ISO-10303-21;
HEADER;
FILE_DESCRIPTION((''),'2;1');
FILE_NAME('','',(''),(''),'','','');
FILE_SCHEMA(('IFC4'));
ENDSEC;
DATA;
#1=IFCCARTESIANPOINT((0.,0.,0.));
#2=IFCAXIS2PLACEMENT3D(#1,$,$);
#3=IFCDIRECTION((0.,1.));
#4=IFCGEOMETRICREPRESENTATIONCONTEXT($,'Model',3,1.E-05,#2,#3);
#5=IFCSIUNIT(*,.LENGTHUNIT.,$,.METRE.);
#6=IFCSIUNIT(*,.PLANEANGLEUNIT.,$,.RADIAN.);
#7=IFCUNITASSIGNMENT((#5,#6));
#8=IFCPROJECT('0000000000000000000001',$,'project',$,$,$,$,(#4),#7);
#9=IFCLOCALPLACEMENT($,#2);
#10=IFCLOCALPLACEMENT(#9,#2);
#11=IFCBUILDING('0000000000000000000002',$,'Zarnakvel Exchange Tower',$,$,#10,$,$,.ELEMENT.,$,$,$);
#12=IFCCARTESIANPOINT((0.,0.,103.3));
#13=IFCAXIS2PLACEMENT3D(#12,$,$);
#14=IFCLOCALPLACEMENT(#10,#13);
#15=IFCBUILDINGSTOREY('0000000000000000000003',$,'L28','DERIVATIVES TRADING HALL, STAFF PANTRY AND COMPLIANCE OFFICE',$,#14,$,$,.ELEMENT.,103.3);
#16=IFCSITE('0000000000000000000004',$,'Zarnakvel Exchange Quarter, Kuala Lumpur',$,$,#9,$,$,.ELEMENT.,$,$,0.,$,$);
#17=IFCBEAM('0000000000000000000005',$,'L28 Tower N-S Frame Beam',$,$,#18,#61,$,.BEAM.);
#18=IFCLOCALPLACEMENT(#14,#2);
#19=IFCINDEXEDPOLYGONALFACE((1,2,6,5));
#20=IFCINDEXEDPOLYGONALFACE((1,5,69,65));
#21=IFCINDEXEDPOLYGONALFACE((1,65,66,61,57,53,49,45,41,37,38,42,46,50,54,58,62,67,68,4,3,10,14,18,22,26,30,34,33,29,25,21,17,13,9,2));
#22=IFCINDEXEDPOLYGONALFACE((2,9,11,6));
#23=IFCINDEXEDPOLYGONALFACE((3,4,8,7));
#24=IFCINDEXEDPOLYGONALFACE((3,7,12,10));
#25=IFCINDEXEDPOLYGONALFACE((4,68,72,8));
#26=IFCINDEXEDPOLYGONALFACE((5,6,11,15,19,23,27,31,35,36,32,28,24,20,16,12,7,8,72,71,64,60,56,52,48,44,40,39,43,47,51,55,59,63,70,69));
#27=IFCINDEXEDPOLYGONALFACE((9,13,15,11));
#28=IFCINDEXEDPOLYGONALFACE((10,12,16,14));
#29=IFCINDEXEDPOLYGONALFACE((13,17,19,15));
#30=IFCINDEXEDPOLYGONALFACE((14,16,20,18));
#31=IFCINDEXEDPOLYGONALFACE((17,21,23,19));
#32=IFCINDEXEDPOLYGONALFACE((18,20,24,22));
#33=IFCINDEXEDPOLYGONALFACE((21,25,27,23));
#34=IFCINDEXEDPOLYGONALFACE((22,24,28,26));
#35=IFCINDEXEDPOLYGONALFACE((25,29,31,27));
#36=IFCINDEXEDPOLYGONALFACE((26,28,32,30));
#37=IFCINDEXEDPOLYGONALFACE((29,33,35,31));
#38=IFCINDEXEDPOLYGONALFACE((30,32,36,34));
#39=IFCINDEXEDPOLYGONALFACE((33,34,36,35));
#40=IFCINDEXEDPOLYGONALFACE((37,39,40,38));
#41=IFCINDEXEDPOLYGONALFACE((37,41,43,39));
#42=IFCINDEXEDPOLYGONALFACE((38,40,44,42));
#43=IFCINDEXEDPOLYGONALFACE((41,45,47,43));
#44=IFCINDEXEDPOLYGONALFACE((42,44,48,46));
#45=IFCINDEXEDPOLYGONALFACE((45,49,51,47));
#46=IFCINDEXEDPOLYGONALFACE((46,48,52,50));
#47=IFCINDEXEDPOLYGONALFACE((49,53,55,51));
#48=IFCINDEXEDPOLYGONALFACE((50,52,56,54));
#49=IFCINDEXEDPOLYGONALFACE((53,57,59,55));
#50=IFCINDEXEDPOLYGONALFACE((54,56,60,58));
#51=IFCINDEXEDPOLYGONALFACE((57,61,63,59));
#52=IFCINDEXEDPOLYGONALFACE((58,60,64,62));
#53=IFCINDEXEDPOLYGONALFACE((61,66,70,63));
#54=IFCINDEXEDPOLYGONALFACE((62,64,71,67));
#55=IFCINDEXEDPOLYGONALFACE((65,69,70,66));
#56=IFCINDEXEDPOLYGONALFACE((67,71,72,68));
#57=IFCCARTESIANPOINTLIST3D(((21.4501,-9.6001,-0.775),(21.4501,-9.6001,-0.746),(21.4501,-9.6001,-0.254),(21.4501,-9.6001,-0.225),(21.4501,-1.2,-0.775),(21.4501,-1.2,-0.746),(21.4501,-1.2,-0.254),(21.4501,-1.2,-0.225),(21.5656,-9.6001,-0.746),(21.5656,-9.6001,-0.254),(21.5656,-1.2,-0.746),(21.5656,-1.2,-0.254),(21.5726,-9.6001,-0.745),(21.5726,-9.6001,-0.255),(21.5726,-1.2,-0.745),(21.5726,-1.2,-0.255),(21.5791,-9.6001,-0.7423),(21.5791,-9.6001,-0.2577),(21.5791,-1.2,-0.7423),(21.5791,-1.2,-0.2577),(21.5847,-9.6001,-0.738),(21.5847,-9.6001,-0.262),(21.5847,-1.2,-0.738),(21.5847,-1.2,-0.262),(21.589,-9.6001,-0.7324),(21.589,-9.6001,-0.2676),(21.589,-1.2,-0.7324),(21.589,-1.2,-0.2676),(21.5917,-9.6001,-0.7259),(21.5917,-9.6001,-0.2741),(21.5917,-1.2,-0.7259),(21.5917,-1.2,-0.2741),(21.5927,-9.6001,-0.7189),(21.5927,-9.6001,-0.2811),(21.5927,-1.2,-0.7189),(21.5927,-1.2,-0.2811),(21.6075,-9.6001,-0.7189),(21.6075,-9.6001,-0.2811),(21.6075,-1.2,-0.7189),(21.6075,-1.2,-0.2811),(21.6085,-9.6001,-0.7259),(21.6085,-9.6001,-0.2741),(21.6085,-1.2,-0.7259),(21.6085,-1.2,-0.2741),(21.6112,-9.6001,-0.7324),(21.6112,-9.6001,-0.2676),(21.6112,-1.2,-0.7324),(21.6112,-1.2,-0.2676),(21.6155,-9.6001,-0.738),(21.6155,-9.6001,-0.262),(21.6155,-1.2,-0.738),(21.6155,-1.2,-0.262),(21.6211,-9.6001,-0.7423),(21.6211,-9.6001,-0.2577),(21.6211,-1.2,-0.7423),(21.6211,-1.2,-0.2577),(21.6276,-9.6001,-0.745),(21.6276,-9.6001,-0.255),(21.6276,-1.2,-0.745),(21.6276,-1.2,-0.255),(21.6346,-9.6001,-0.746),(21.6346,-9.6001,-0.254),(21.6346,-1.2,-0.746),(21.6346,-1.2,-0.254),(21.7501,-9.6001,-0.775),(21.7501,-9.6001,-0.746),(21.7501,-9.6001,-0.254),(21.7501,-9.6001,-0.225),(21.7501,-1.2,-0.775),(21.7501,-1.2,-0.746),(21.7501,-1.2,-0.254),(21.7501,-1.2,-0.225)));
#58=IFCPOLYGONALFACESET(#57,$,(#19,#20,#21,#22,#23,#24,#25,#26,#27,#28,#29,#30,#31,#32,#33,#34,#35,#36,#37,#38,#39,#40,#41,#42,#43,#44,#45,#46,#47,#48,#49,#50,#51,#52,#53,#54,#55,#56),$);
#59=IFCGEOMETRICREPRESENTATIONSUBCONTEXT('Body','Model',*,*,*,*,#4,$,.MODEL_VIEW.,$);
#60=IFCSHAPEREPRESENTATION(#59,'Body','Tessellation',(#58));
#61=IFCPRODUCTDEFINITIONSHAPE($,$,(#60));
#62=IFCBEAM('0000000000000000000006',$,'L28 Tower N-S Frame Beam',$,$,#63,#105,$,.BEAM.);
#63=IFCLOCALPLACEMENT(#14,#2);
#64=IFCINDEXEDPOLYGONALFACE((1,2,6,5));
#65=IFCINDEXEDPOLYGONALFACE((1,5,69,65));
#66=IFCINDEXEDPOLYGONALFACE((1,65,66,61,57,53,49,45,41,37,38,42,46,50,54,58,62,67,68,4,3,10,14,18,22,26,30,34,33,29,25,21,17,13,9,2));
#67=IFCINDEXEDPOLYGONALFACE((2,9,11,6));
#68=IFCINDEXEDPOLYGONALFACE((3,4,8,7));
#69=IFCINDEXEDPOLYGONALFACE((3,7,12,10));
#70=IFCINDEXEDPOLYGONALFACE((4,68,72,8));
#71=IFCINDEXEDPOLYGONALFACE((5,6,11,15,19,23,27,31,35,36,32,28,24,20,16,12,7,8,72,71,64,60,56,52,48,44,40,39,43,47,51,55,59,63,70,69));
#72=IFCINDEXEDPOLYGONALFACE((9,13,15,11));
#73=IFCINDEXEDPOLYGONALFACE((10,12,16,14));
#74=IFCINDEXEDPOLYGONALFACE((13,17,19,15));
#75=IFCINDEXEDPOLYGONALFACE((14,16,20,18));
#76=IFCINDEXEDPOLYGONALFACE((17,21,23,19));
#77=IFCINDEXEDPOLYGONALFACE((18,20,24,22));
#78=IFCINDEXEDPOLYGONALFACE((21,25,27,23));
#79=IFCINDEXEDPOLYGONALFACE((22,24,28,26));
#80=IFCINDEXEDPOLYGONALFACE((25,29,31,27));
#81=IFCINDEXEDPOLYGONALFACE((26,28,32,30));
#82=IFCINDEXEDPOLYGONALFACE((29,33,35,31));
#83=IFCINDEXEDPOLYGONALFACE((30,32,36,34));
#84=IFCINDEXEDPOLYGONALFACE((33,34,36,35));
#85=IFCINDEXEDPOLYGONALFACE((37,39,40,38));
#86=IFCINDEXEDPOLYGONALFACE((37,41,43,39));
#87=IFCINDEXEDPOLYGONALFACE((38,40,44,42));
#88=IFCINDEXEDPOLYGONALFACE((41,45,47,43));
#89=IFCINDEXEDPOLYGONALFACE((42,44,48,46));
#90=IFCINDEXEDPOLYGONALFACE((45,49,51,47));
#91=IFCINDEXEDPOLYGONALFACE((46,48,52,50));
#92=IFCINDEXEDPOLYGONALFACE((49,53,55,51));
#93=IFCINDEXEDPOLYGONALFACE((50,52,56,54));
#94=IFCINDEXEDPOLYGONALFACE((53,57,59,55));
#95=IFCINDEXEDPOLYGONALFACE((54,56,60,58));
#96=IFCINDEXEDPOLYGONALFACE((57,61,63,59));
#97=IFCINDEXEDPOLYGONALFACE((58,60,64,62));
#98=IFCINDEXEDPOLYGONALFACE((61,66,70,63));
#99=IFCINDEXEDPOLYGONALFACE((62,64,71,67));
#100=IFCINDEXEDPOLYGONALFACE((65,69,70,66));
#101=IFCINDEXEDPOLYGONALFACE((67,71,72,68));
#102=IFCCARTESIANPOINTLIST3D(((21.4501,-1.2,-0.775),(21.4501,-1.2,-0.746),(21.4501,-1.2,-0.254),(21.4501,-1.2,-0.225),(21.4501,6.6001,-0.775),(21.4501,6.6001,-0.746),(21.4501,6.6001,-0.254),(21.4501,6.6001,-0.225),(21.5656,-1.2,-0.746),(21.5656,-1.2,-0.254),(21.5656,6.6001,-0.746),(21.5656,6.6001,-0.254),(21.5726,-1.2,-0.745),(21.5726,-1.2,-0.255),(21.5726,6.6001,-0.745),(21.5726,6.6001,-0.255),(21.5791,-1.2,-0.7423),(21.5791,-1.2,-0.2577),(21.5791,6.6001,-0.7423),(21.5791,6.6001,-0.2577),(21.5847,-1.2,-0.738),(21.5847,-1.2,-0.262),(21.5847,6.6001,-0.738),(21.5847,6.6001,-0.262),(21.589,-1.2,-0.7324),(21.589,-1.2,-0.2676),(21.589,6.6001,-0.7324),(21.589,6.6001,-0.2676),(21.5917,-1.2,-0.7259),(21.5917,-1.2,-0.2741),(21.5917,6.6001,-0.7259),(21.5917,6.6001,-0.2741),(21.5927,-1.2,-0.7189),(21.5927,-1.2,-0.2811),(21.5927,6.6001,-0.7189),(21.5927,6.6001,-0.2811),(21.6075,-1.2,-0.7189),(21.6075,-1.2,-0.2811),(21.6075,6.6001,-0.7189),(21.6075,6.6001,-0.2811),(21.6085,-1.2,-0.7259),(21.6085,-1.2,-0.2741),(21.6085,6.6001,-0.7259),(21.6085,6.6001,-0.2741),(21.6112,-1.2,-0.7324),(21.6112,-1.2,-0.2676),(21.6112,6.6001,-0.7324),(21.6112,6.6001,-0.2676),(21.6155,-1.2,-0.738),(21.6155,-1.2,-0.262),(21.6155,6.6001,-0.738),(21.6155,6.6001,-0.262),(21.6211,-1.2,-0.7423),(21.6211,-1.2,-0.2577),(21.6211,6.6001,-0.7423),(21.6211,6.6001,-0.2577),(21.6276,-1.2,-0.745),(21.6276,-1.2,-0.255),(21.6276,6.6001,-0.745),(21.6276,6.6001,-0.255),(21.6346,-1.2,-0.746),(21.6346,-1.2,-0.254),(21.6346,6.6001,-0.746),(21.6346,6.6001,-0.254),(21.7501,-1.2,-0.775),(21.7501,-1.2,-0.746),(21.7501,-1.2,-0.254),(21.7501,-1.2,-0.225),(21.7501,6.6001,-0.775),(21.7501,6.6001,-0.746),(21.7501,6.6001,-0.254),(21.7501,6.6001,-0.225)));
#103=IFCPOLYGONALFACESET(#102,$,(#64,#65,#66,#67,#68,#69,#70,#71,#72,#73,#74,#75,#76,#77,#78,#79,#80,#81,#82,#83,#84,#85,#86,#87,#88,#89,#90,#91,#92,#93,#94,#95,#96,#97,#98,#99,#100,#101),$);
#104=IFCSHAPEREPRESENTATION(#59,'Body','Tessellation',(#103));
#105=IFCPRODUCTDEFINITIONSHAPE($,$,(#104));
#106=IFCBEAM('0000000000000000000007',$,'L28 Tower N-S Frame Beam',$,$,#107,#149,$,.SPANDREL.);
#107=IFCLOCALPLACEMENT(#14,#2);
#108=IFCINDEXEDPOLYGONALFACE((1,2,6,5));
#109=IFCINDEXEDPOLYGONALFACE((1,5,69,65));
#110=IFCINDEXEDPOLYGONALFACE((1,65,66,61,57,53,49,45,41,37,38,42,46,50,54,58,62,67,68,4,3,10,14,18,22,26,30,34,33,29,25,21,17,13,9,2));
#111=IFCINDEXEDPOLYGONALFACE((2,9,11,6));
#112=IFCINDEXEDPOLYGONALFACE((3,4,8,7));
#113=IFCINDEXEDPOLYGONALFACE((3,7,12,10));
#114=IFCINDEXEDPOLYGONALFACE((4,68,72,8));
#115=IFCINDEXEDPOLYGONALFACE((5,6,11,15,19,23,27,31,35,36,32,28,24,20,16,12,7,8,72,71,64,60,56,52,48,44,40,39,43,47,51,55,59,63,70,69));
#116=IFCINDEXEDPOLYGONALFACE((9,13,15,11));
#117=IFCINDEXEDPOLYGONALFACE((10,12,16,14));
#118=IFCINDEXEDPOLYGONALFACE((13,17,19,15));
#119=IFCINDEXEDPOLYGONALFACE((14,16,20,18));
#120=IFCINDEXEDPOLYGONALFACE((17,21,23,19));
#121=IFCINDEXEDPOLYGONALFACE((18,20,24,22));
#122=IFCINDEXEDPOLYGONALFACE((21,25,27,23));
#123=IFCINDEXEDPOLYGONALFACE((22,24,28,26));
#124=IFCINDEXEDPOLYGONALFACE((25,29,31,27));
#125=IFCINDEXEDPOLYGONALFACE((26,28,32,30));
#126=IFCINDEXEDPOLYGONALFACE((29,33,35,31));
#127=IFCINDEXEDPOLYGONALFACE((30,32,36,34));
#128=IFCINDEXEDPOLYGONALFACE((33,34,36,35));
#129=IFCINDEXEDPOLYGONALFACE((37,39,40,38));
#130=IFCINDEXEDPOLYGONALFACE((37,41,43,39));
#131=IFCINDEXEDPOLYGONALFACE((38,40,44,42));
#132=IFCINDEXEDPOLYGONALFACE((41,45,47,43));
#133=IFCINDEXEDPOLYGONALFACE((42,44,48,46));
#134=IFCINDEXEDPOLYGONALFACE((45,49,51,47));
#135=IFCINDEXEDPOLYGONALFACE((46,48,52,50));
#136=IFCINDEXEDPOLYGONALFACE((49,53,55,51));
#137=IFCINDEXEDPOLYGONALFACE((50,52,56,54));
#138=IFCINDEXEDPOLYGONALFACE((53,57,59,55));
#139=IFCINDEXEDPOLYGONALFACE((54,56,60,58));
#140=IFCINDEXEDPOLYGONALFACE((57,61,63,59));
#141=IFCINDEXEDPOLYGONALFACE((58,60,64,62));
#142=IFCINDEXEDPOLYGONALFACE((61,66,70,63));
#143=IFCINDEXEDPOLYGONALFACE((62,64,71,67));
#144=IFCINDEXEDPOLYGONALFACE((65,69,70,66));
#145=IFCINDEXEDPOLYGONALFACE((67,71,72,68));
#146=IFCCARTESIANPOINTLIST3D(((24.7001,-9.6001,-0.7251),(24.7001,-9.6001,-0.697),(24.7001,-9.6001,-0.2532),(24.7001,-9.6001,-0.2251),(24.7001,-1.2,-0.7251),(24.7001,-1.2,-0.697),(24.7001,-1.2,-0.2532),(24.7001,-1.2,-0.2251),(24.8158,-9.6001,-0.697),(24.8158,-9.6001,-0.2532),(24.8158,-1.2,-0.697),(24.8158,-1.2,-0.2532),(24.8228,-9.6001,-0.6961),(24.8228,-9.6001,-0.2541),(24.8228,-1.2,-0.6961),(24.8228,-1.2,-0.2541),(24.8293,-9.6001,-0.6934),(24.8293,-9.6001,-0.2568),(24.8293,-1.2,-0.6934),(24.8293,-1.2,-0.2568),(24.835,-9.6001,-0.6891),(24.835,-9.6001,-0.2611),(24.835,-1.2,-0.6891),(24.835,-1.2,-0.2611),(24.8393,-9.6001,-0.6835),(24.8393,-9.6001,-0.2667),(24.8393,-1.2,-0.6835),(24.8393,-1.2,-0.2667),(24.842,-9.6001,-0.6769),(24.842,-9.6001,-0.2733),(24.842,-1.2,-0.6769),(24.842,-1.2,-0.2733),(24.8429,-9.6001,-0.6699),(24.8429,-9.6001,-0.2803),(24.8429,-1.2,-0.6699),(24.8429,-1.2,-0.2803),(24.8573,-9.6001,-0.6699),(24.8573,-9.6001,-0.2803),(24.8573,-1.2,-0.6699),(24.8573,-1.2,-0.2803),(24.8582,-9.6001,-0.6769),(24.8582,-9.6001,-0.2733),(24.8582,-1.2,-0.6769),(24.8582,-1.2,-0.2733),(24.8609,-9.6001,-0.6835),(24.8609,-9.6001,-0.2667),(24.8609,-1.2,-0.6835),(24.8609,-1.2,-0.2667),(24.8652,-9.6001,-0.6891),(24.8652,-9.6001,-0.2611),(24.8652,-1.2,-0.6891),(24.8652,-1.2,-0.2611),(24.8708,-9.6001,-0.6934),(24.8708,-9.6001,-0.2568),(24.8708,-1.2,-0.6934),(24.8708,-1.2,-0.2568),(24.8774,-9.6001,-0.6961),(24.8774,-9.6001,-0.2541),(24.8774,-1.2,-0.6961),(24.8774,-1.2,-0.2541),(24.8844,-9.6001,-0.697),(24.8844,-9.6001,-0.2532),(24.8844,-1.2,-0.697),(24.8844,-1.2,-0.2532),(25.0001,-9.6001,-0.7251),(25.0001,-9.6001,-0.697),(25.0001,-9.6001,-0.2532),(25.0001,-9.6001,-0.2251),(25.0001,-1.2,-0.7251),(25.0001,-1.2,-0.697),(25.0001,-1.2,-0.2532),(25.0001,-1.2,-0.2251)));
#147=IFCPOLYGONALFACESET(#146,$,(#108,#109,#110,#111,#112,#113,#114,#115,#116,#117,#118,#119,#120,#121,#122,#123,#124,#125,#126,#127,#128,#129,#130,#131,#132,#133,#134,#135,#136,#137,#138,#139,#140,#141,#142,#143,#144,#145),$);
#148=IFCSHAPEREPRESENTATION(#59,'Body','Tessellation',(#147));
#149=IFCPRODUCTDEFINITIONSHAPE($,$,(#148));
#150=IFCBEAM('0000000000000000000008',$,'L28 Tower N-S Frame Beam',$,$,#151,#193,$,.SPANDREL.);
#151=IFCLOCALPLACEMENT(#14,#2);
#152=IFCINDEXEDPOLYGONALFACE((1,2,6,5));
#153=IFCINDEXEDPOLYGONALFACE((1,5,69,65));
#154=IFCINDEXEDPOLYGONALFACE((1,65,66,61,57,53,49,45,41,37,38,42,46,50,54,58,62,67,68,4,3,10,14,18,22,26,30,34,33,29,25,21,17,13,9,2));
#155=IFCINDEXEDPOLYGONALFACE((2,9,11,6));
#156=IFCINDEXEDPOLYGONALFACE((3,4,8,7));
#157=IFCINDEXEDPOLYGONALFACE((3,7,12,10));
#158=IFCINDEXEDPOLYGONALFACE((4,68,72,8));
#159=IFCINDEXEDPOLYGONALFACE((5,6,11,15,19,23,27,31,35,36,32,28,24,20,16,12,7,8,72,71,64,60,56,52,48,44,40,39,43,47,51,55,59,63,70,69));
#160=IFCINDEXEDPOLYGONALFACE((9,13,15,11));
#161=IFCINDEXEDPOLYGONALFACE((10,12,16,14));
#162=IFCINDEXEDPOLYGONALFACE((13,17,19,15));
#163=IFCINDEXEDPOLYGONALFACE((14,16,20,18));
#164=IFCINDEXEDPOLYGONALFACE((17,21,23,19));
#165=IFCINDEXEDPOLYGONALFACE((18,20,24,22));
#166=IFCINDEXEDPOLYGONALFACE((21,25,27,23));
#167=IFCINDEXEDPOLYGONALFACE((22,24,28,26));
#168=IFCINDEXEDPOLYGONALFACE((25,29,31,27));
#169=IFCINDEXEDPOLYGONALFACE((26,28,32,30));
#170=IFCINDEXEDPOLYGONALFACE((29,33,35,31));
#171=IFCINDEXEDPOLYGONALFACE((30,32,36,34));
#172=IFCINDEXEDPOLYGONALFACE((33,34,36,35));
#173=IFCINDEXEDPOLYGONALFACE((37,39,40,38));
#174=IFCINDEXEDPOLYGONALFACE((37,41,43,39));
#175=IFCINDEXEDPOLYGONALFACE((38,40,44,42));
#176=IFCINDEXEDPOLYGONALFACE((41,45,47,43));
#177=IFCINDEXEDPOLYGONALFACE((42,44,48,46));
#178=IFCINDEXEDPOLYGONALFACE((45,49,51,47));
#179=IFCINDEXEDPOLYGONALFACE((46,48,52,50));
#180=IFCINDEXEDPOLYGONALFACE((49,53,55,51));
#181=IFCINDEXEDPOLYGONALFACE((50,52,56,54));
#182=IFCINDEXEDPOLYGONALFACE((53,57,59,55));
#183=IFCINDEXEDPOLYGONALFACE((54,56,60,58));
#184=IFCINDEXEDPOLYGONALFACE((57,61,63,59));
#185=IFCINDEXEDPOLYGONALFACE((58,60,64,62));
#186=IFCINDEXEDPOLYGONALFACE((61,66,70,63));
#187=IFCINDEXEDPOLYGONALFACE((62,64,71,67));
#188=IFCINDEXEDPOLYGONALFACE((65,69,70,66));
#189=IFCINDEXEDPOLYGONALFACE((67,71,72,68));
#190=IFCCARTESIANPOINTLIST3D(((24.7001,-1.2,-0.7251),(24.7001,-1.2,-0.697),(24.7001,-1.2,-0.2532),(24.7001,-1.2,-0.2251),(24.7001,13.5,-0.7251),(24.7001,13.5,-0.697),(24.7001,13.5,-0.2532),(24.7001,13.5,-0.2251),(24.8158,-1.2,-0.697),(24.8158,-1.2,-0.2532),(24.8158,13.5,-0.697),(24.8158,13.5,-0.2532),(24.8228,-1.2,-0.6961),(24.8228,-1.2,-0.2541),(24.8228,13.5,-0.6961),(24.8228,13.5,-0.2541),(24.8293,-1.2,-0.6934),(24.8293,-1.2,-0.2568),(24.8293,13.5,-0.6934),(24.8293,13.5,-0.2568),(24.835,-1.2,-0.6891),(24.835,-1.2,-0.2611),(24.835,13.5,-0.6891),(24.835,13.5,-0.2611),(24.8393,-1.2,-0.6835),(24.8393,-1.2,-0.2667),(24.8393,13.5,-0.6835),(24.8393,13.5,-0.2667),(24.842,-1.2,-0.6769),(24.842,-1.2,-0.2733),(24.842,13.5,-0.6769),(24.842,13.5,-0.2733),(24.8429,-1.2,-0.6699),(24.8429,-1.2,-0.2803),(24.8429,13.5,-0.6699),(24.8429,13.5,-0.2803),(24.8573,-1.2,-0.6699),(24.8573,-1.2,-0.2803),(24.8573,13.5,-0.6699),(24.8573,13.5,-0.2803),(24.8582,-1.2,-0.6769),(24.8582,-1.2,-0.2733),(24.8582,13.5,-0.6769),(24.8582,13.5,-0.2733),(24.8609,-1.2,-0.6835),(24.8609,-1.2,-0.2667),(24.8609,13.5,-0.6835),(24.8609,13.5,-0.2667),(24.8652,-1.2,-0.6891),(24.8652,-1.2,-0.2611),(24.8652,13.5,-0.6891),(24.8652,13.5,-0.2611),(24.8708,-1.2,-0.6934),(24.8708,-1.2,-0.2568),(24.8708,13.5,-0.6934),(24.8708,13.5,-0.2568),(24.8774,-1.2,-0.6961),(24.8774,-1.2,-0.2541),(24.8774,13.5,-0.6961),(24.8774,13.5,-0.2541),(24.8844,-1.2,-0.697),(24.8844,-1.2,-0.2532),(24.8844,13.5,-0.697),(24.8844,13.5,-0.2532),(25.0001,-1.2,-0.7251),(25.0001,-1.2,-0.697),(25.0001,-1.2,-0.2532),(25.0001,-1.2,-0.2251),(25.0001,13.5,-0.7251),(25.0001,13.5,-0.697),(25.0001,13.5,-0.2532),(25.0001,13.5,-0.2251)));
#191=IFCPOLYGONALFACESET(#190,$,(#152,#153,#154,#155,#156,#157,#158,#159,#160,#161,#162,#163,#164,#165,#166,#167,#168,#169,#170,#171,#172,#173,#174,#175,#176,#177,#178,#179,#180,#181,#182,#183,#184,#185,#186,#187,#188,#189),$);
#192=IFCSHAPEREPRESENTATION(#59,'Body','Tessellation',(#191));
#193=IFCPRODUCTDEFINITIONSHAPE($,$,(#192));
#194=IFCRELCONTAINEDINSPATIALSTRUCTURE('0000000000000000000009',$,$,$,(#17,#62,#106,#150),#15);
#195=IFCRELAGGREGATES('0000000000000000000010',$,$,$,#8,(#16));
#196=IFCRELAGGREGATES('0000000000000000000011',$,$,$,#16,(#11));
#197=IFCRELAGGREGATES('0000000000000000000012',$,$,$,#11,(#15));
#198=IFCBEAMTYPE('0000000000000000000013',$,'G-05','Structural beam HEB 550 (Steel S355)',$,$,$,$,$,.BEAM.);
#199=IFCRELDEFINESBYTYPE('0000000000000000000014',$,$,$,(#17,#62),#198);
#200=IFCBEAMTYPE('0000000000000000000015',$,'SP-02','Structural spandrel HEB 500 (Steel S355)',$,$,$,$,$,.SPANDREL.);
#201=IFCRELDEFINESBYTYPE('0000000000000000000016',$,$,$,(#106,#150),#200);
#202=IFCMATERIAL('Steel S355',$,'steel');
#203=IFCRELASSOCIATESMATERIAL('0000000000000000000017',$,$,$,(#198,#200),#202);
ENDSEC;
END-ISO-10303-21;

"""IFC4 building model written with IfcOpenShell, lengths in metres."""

from ifc_helpers import new_model, si_unit, direction, frame, origin, origin_2d, place, context, subcontext, project, spatial, i_section, extrude, material, material_profile, profile_set, type_object, element, save


model = new_model("IFC4")

# Units and contexts
model_context = context("Model", 3, precision=1e-05, world=origin(), true_north=direction((0.0, 1.0)))
body_context = subcontext(model_context, "Body", "Model", "MODEL_VIEW")
ifc_project = project(units=[si_unit("LENGTHUNIT", "METRE"), si_unit("PLANEANGLEUNIT", "RADIAN")], contexts=[model_context])

# Site, building, storey
site_placement = place(None, origin())
site = spatial("IfcSite", under=ifc_project, at=site_placement, Name="Zarnakvel Exchange Quarter, Kuala Lumpur", CompositionType="ELEMENT", RefElevation=0.0)
building_placement = place(site_placement, origin())
building = spatial("IfcBuilding", under=site, at=building_placement, Name="Zarnakvel Exchange Tower", CompositionType="ELEMENT")
storey_placement = place(building_placement, frame((0.0, 0.0, 103.3)))
storey = spatial("IfcBuildingStorey", under=building, at=storey_placement, Name="L28", Description="DERIVATIVES TRADING HALL, STAFF PANTRY AND COMPLIANCE OFFICE", CompositionType="ELEMENT", Elevation=103.3)

# Shared definitions
ifc_material_1 = material(Name="Steel S355", Category="steel")

# Beams
ifc_material_profile_1 = material_profile(ifc_material_1, i_section(OverallWidth=0.3, OverallDepth=0.55, WebThickness=0.0149, FlangeThickness=0.0291, FilletRadius=0.0271, at=origin_2d()))
ifc_profile_set_1 = profile_set([ifc_material_profile_1], Name="Steel S355")
beam_type_1 = type_object("IfcBeamType", Name="G-05", Description="Structural beam HEB 550 (Steel S355)", PredefinedType="BEAM", material=ifc_profile_set_1)
beam_1_placement = place(storey_placement, frame((21.6001, -9.6001, -0.5), z_axis=(0.0, 1.0, 0.0), x_axis=(-1.0, 0.0, 0.0)))
element("IfcBeam", 1, at=beam_1_placement, inside=storey, type_object=beam_type_1, Name="L28 Tower N-S Frame Beam", PredefinedType="BEAM", context=body_context, shape_type="SweptSolid", body=[
    extrude(i_section(OverallWidth=0.3, OverallDepth=0.55, WebThickness=0.0149, FlangeThickness=0.0291, FilletRadius=0.0271, at=origin_2d()), origin(), (0.0, 0.0, 1.0), 8.4001),
])
beam_2_placement = place(storey_placement, frame((21.6001, -1.2, -0.5), z_axis=(0.0, 1.0, 0.0), x_axis=(-1.0, 0.0, 0.0)))
element("IfcBeam", 2, at=beam_2_placement, inside=storey, type_object=beam_type_1, Name="L28 Tower N-S Frame Beam", PredefinedType="BEAM", context=body_context, shape_type="SweptSolid", body=[
    extrude(i_section(OverallWidth=0.3, OverallDepth=0.55, WebThickness=0.0149, FlangeThickness=0.0291, FilletRadius=0.0271, at=origin_2d()), origin(), (0.0, 0.0, 1.0), 7.8),
])
ifc_material_profile_2 = material_profile(ifc_material_1, i_section(OverallWidth=0.3, OverallDepth=0.5, WebThickness=0.0144, FlangeThickness=0.0281, FilletRadius=0.0271, at=origin_2d()))
ifc_profile_set_2 = profile_set([ifc_material_profile_2], Name="Steel S355")
beam_type_2 = type_object("IfcBeamType", Name="SP-02", Description="Structural spandrel HEB 500 (Steel S355)", PredefinedType="SPANDREL", material=ifc_profile_set_2)
beam_3_placement = place(storey_placement, frame((24.8501, -9.6001, -0.4751), z_axis=(0.0, 1.0, 0.0), x_axis=(-1.0, 0.0, 0.0)))
element("IfcBeam", 3, at=beam_3_placement, inside=storey, type_object=beam_type_2, Name="L28 Tower N-S Frame Beam", PredefinedType="SPANDREL", context=body_context, shape_type="SweptSolid", body=[
    extrude(i_section(OverallWidth=0.3, OverallDepth=0.5, WebThickness=0.0144, FlangeThickness=0.0281, FilletRadius=0.0271, at=origin_2d()), origin(), (0.0, 0.0, 1.0), 8.4001),
])
beam_4_placement = place(storey_placement, frame((24.8501, -1.2, -0.4751), z_axis=(0.0, 1.0, 0.0), x_axis=(-1.0, 0.0, 0.0)))
element("IfcBeam", 4, at=beam_4_placement, inside=storey, type_object=beam_type_2, Name="L28 Tower N-S Frame Beam", PredefinedType="SPANDREL", context=body_context, shape_type="SweptSolid", body=[
    extrude(i_section(OverallWidth=0.3, OverallDepth=0.5, WebThickness=0.0144, FlangeThickness=0.0281, FilletRadius=0.0271, at=origin_2d()), origin(), (0.0, 0.0, 1.0), 14.7),
])

save(model, "model.ifc")
